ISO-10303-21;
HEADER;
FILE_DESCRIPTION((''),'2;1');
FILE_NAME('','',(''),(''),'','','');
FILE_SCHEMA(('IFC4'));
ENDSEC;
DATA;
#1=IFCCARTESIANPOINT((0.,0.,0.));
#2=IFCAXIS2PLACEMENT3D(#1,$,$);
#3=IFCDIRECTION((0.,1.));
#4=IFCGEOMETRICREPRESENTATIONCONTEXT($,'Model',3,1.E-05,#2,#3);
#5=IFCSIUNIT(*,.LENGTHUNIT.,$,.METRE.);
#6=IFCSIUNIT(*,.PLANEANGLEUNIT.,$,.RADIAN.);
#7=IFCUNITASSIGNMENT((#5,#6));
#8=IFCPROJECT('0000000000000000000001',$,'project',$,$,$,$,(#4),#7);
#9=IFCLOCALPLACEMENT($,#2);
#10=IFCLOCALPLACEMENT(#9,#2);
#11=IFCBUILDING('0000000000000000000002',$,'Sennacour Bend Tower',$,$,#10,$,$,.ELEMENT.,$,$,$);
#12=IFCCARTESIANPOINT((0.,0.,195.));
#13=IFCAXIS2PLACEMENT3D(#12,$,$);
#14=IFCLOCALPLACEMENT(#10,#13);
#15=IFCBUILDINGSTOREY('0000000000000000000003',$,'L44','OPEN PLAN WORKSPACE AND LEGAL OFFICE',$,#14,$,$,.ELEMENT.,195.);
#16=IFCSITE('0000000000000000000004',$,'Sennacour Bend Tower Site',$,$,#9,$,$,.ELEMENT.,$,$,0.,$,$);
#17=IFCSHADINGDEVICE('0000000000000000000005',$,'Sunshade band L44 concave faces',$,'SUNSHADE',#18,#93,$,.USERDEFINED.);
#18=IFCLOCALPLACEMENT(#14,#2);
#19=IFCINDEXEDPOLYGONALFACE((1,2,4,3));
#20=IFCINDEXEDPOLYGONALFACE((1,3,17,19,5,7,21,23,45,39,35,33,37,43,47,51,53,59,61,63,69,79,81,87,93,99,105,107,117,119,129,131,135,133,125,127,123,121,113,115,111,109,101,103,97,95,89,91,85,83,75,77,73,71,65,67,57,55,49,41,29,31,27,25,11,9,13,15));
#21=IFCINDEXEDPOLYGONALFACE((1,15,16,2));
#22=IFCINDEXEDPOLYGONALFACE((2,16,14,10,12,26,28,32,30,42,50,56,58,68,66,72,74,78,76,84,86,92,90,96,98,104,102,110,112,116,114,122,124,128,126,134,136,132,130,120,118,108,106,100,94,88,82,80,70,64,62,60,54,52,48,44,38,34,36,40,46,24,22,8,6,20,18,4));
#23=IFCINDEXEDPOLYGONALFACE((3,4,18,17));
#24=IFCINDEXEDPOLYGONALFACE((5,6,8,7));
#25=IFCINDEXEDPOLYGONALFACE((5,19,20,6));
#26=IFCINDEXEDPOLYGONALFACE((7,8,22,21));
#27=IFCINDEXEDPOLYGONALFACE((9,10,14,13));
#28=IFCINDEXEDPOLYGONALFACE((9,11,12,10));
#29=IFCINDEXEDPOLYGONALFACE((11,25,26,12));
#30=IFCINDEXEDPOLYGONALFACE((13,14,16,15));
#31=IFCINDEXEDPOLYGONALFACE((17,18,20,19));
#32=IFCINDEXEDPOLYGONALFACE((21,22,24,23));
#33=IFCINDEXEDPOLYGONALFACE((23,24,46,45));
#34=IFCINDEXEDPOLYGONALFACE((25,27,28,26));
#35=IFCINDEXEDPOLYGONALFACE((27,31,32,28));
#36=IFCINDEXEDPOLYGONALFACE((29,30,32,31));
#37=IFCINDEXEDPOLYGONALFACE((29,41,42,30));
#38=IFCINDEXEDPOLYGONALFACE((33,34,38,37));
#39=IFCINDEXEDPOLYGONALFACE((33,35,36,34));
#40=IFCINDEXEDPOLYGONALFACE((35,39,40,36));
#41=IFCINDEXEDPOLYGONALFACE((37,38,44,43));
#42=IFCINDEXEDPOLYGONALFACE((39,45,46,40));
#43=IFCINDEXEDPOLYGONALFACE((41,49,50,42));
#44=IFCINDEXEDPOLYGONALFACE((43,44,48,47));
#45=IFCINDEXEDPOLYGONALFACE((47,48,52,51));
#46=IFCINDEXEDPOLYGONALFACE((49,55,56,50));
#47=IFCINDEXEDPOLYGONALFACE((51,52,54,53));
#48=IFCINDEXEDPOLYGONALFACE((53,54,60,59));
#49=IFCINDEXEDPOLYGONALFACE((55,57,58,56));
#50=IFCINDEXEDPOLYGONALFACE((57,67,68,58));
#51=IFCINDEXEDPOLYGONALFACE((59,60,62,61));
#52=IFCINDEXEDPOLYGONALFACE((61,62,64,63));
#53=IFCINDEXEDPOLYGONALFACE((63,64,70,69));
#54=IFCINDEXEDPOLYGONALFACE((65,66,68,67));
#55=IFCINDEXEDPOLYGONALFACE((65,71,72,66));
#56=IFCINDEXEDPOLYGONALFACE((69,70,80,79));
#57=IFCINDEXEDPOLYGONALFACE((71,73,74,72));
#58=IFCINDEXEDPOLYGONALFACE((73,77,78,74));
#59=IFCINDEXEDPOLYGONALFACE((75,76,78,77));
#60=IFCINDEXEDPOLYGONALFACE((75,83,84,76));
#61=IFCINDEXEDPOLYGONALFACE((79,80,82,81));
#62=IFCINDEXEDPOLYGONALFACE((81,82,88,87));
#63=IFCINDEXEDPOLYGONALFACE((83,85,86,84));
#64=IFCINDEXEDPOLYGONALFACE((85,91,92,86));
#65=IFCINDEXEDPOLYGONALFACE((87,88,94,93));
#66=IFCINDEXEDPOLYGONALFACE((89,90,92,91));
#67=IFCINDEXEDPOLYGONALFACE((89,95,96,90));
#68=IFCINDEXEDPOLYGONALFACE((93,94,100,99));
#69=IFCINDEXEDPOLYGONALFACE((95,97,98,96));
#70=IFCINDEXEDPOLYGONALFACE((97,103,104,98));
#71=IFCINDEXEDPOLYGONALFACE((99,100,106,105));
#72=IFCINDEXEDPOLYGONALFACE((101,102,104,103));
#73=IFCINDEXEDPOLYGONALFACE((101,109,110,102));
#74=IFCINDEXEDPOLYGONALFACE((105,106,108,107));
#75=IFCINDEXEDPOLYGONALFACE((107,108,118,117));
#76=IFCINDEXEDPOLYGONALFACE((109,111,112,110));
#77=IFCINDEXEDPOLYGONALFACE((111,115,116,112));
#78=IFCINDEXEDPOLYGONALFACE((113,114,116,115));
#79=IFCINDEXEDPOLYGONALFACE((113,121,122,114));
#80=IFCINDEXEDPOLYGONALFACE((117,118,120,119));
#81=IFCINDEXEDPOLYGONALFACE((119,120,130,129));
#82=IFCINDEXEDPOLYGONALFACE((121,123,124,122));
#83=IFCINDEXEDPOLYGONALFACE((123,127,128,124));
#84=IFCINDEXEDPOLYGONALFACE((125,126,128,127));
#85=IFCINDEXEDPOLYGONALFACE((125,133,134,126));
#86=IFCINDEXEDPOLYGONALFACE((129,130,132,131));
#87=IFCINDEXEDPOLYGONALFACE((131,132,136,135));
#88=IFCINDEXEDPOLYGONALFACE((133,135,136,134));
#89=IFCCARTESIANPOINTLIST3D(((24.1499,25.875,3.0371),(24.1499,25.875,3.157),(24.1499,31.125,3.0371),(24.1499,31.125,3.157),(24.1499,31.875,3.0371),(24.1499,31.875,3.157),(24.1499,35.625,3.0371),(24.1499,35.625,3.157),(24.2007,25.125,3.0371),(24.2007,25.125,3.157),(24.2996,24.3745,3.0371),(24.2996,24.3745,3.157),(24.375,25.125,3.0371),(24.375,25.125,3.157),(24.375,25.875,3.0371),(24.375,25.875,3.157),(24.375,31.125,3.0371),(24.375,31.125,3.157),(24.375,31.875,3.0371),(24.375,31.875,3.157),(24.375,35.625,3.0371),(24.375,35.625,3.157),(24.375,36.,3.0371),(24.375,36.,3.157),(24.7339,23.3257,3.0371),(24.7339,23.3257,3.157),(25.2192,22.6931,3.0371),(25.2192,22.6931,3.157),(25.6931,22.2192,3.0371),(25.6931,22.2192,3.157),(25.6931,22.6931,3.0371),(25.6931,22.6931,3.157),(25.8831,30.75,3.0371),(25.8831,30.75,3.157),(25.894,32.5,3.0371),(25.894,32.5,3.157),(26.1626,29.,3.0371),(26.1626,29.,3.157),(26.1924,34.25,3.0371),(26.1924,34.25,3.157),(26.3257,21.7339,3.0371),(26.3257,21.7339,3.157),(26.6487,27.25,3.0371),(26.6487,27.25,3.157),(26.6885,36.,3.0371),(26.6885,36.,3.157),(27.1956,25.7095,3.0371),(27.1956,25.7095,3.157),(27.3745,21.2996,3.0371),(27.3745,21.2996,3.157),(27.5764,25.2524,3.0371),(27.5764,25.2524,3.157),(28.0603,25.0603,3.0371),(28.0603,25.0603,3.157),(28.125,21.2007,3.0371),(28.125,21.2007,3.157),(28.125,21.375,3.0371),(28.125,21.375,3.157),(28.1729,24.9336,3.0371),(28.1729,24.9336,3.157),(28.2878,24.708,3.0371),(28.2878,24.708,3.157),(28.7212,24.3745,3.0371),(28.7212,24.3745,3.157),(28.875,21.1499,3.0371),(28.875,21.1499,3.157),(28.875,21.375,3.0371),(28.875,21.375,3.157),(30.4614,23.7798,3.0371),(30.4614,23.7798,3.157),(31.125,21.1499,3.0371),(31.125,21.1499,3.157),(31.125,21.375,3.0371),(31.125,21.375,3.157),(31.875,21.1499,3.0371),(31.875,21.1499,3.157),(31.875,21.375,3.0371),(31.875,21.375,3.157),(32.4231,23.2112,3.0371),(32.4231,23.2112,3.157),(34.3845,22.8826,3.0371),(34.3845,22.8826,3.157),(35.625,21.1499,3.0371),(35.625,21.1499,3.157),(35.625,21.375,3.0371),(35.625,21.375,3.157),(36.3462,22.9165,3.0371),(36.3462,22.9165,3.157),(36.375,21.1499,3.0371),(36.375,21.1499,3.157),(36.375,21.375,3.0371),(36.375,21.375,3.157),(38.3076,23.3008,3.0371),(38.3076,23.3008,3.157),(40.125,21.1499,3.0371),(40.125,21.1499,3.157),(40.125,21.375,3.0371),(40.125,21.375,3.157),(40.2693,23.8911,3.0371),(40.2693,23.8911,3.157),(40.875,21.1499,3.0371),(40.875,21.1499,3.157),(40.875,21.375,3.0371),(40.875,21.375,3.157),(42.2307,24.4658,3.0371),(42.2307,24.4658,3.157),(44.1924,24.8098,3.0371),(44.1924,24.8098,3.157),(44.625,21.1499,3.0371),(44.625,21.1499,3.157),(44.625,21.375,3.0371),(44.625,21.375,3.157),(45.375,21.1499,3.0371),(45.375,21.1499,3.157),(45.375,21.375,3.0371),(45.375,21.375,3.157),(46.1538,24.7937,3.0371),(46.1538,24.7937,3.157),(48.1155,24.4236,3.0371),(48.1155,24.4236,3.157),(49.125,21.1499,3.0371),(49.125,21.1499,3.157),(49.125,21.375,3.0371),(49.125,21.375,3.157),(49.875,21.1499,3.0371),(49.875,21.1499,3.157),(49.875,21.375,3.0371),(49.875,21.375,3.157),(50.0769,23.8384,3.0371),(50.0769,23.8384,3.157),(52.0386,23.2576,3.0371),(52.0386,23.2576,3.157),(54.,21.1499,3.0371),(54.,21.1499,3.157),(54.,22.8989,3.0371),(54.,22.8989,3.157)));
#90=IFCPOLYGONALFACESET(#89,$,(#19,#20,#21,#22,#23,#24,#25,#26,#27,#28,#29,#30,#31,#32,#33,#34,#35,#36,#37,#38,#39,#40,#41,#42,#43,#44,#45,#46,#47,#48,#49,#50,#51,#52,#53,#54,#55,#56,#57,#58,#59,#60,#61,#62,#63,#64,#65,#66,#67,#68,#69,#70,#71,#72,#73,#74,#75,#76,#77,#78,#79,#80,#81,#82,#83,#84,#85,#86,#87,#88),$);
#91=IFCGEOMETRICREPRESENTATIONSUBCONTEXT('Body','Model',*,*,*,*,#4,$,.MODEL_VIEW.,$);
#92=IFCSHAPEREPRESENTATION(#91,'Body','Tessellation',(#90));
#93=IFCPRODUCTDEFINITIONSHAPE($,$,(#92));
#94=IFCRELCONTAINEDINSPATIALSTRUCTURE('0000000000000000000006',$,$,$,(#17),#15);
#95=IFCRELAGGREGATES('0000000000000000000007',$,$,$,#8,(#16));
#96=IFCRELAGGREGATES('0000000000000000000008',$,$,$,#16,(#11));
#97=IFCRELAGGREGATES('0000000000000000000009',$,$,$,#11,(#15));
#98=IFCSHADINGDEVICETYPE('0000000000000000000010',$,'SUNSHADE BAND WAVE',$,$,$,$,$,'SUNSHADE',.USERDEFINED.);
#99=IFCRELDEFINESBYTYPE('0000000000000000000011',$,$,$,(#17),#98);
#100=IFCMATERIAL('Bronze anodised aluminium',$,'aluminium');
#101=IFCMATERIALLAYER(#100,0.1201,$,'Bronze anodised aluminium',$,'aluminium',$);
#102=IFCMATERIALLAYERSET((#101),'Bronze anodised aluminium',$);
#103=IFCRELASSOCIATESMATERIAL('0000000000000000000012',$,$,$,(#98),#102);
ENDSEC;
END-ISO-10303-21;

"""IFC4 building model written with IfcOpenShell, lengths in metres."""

from ifc_helpers import new_model, si_unit, direction, frame, origin, place, context, subcontext, project, spatial, polyline, outline, extrude, material, layer, layer_set, type_object, element, save


model = new_model("IFC4")

# Units and contexts
model_context = context("Model", 3, precision=1e-05, world=origin(), true_north=direction((0.0, 1.0)))
body_context = subcontext(model_context, "Body", "Model", "MODEL_VIEW")
ifc_project = project(units=[si_unit("LENGTHUNIT", "METRE"), si_unit("PLANEANGLEUNIT", "RADIAN")], contexts=[model_context])

# Site, building, storey
site_placement = place(None, origin())
site = spatial("IfcSite", under=ifc_project, at=site_placement, Name="Sennacour Bend Tower Site", CompositionType="ELEMENT", RefElevation=0.0)
building_placement = place(site_placement, origin())
building = spatial("IfcBuilding", under=site, at=building_placement, Name="Sennacour Bend Tower", CompositionType="ELEMENT")
storey_placement = place(building_placement, frame((0.0, 0.0, 195.0)))
storey = spatial("IfcBuildingStorey", under=building, at=storey_placement, Name="L44", Description="OPEN PLAN WORKSPACE AND LEGAL OFFICE", CompositionType="ELEMENT", Elevation=195.0)

# Shading device
ifc_material_1 = material(Name="Bronze anodised aluminium", Category="aluminium")
ifc_layer_1 = layer(ifc_material_1, 0.1201, Name="Bronze anodised aluminium", Category="aluminium")
ifc_layer_set_1 = layer_set([ifc_layer_1], Name="Bronze anodised aluminium")
shading_device_type_1 = type_object("IfcShadingDeviceType", Name="SUNSHADE BAND WAVE", ElementType="SUNSHADE", PredefinedType="USERDEFINED", material=ifc_layer_set_1)
shading_device_1_placement = place(storey_placement, frame((0.0, 0.0, 3.0371)))
element("IfcShadingDevice", 1, at=shading_device_1_placement, inside=storey, type_object=shading_device_type_1, Name="Sunshade band L44 concave faces", ObjectType="SUNSHADE", PredefinedType="USERDEFINED", context=body_context, shape_type="SweptSolid", body=[
    extrude(outline(polyline([(54.0, 21.1499), (49.875, 21.1499), (49.875, 21.375), (49.125, 21.375), (49.125, 21.1499), (45.375, 21.1499), (45.375, 21.375), (44.625, 21.375), (44.625, 21.1499), (40.875, 21.1499), (40.875, 21.375), (40.125, 21.375), (40.125, 21.1499), (36.375, 21.1499), (36.375, 21.375), (35.625, 21.375), (35.625, 21.1499), (31.875, 21.1499), (31.875, 21.375), (31.125, 21.375), (31.125, 21.1499), (28.875, 21.1499), (28.875, 21.375), (28.125, 21.375), (28.125, 21.2007), (27.3745, 21.2996), (26.3257, 21.7339), (25.6931, 22.2192), (25.6931, 22.6931), (25.2192, 22.6931), (24.7339, 23.3257), (24.2996, 24.3745), (24.2007, 25.125), (24.375, 25.125), (24.375, 25.875), (24.1499, 25.875), (24.1499, 31.125), (24.375, 31.125), (24.375, 31.875), (24.1499, 31.875), (24.1499, 35.625), (24.375, 35.625), (24.375, 36.0), (26.6885, 36.0), (26.1924, 34.25), (25.894, 32.5), (25.8831, 30.75), (26.1626, 29.0), (26.6487, 27.25), (27.1956, 25.7095), (27.5764, 25.2524), (28.0603, 25.0603), (28.1729, 24.9336), (28.2878, 24.708), (28.7212, 24.3745), (30.4614, 23.7798), (32.4231, 23.2112), (34.3845, 22.8826), (36.3462, 22.9165), (38.3076, 23.3008), (40.2693, 23.8911), (42.2307, 24.4658), (44.1924, 24.8098), (46.1538, 24.7937), (48.1155, 24.4236), (50.0769, 23.8384), (52.0386, 23.2576), (54.0, 22.8989), (54.0, 21.1499)])), origin(), (0.0, 0.0, 1.0), 0.1199),
])

save(model, "model.ifc")
